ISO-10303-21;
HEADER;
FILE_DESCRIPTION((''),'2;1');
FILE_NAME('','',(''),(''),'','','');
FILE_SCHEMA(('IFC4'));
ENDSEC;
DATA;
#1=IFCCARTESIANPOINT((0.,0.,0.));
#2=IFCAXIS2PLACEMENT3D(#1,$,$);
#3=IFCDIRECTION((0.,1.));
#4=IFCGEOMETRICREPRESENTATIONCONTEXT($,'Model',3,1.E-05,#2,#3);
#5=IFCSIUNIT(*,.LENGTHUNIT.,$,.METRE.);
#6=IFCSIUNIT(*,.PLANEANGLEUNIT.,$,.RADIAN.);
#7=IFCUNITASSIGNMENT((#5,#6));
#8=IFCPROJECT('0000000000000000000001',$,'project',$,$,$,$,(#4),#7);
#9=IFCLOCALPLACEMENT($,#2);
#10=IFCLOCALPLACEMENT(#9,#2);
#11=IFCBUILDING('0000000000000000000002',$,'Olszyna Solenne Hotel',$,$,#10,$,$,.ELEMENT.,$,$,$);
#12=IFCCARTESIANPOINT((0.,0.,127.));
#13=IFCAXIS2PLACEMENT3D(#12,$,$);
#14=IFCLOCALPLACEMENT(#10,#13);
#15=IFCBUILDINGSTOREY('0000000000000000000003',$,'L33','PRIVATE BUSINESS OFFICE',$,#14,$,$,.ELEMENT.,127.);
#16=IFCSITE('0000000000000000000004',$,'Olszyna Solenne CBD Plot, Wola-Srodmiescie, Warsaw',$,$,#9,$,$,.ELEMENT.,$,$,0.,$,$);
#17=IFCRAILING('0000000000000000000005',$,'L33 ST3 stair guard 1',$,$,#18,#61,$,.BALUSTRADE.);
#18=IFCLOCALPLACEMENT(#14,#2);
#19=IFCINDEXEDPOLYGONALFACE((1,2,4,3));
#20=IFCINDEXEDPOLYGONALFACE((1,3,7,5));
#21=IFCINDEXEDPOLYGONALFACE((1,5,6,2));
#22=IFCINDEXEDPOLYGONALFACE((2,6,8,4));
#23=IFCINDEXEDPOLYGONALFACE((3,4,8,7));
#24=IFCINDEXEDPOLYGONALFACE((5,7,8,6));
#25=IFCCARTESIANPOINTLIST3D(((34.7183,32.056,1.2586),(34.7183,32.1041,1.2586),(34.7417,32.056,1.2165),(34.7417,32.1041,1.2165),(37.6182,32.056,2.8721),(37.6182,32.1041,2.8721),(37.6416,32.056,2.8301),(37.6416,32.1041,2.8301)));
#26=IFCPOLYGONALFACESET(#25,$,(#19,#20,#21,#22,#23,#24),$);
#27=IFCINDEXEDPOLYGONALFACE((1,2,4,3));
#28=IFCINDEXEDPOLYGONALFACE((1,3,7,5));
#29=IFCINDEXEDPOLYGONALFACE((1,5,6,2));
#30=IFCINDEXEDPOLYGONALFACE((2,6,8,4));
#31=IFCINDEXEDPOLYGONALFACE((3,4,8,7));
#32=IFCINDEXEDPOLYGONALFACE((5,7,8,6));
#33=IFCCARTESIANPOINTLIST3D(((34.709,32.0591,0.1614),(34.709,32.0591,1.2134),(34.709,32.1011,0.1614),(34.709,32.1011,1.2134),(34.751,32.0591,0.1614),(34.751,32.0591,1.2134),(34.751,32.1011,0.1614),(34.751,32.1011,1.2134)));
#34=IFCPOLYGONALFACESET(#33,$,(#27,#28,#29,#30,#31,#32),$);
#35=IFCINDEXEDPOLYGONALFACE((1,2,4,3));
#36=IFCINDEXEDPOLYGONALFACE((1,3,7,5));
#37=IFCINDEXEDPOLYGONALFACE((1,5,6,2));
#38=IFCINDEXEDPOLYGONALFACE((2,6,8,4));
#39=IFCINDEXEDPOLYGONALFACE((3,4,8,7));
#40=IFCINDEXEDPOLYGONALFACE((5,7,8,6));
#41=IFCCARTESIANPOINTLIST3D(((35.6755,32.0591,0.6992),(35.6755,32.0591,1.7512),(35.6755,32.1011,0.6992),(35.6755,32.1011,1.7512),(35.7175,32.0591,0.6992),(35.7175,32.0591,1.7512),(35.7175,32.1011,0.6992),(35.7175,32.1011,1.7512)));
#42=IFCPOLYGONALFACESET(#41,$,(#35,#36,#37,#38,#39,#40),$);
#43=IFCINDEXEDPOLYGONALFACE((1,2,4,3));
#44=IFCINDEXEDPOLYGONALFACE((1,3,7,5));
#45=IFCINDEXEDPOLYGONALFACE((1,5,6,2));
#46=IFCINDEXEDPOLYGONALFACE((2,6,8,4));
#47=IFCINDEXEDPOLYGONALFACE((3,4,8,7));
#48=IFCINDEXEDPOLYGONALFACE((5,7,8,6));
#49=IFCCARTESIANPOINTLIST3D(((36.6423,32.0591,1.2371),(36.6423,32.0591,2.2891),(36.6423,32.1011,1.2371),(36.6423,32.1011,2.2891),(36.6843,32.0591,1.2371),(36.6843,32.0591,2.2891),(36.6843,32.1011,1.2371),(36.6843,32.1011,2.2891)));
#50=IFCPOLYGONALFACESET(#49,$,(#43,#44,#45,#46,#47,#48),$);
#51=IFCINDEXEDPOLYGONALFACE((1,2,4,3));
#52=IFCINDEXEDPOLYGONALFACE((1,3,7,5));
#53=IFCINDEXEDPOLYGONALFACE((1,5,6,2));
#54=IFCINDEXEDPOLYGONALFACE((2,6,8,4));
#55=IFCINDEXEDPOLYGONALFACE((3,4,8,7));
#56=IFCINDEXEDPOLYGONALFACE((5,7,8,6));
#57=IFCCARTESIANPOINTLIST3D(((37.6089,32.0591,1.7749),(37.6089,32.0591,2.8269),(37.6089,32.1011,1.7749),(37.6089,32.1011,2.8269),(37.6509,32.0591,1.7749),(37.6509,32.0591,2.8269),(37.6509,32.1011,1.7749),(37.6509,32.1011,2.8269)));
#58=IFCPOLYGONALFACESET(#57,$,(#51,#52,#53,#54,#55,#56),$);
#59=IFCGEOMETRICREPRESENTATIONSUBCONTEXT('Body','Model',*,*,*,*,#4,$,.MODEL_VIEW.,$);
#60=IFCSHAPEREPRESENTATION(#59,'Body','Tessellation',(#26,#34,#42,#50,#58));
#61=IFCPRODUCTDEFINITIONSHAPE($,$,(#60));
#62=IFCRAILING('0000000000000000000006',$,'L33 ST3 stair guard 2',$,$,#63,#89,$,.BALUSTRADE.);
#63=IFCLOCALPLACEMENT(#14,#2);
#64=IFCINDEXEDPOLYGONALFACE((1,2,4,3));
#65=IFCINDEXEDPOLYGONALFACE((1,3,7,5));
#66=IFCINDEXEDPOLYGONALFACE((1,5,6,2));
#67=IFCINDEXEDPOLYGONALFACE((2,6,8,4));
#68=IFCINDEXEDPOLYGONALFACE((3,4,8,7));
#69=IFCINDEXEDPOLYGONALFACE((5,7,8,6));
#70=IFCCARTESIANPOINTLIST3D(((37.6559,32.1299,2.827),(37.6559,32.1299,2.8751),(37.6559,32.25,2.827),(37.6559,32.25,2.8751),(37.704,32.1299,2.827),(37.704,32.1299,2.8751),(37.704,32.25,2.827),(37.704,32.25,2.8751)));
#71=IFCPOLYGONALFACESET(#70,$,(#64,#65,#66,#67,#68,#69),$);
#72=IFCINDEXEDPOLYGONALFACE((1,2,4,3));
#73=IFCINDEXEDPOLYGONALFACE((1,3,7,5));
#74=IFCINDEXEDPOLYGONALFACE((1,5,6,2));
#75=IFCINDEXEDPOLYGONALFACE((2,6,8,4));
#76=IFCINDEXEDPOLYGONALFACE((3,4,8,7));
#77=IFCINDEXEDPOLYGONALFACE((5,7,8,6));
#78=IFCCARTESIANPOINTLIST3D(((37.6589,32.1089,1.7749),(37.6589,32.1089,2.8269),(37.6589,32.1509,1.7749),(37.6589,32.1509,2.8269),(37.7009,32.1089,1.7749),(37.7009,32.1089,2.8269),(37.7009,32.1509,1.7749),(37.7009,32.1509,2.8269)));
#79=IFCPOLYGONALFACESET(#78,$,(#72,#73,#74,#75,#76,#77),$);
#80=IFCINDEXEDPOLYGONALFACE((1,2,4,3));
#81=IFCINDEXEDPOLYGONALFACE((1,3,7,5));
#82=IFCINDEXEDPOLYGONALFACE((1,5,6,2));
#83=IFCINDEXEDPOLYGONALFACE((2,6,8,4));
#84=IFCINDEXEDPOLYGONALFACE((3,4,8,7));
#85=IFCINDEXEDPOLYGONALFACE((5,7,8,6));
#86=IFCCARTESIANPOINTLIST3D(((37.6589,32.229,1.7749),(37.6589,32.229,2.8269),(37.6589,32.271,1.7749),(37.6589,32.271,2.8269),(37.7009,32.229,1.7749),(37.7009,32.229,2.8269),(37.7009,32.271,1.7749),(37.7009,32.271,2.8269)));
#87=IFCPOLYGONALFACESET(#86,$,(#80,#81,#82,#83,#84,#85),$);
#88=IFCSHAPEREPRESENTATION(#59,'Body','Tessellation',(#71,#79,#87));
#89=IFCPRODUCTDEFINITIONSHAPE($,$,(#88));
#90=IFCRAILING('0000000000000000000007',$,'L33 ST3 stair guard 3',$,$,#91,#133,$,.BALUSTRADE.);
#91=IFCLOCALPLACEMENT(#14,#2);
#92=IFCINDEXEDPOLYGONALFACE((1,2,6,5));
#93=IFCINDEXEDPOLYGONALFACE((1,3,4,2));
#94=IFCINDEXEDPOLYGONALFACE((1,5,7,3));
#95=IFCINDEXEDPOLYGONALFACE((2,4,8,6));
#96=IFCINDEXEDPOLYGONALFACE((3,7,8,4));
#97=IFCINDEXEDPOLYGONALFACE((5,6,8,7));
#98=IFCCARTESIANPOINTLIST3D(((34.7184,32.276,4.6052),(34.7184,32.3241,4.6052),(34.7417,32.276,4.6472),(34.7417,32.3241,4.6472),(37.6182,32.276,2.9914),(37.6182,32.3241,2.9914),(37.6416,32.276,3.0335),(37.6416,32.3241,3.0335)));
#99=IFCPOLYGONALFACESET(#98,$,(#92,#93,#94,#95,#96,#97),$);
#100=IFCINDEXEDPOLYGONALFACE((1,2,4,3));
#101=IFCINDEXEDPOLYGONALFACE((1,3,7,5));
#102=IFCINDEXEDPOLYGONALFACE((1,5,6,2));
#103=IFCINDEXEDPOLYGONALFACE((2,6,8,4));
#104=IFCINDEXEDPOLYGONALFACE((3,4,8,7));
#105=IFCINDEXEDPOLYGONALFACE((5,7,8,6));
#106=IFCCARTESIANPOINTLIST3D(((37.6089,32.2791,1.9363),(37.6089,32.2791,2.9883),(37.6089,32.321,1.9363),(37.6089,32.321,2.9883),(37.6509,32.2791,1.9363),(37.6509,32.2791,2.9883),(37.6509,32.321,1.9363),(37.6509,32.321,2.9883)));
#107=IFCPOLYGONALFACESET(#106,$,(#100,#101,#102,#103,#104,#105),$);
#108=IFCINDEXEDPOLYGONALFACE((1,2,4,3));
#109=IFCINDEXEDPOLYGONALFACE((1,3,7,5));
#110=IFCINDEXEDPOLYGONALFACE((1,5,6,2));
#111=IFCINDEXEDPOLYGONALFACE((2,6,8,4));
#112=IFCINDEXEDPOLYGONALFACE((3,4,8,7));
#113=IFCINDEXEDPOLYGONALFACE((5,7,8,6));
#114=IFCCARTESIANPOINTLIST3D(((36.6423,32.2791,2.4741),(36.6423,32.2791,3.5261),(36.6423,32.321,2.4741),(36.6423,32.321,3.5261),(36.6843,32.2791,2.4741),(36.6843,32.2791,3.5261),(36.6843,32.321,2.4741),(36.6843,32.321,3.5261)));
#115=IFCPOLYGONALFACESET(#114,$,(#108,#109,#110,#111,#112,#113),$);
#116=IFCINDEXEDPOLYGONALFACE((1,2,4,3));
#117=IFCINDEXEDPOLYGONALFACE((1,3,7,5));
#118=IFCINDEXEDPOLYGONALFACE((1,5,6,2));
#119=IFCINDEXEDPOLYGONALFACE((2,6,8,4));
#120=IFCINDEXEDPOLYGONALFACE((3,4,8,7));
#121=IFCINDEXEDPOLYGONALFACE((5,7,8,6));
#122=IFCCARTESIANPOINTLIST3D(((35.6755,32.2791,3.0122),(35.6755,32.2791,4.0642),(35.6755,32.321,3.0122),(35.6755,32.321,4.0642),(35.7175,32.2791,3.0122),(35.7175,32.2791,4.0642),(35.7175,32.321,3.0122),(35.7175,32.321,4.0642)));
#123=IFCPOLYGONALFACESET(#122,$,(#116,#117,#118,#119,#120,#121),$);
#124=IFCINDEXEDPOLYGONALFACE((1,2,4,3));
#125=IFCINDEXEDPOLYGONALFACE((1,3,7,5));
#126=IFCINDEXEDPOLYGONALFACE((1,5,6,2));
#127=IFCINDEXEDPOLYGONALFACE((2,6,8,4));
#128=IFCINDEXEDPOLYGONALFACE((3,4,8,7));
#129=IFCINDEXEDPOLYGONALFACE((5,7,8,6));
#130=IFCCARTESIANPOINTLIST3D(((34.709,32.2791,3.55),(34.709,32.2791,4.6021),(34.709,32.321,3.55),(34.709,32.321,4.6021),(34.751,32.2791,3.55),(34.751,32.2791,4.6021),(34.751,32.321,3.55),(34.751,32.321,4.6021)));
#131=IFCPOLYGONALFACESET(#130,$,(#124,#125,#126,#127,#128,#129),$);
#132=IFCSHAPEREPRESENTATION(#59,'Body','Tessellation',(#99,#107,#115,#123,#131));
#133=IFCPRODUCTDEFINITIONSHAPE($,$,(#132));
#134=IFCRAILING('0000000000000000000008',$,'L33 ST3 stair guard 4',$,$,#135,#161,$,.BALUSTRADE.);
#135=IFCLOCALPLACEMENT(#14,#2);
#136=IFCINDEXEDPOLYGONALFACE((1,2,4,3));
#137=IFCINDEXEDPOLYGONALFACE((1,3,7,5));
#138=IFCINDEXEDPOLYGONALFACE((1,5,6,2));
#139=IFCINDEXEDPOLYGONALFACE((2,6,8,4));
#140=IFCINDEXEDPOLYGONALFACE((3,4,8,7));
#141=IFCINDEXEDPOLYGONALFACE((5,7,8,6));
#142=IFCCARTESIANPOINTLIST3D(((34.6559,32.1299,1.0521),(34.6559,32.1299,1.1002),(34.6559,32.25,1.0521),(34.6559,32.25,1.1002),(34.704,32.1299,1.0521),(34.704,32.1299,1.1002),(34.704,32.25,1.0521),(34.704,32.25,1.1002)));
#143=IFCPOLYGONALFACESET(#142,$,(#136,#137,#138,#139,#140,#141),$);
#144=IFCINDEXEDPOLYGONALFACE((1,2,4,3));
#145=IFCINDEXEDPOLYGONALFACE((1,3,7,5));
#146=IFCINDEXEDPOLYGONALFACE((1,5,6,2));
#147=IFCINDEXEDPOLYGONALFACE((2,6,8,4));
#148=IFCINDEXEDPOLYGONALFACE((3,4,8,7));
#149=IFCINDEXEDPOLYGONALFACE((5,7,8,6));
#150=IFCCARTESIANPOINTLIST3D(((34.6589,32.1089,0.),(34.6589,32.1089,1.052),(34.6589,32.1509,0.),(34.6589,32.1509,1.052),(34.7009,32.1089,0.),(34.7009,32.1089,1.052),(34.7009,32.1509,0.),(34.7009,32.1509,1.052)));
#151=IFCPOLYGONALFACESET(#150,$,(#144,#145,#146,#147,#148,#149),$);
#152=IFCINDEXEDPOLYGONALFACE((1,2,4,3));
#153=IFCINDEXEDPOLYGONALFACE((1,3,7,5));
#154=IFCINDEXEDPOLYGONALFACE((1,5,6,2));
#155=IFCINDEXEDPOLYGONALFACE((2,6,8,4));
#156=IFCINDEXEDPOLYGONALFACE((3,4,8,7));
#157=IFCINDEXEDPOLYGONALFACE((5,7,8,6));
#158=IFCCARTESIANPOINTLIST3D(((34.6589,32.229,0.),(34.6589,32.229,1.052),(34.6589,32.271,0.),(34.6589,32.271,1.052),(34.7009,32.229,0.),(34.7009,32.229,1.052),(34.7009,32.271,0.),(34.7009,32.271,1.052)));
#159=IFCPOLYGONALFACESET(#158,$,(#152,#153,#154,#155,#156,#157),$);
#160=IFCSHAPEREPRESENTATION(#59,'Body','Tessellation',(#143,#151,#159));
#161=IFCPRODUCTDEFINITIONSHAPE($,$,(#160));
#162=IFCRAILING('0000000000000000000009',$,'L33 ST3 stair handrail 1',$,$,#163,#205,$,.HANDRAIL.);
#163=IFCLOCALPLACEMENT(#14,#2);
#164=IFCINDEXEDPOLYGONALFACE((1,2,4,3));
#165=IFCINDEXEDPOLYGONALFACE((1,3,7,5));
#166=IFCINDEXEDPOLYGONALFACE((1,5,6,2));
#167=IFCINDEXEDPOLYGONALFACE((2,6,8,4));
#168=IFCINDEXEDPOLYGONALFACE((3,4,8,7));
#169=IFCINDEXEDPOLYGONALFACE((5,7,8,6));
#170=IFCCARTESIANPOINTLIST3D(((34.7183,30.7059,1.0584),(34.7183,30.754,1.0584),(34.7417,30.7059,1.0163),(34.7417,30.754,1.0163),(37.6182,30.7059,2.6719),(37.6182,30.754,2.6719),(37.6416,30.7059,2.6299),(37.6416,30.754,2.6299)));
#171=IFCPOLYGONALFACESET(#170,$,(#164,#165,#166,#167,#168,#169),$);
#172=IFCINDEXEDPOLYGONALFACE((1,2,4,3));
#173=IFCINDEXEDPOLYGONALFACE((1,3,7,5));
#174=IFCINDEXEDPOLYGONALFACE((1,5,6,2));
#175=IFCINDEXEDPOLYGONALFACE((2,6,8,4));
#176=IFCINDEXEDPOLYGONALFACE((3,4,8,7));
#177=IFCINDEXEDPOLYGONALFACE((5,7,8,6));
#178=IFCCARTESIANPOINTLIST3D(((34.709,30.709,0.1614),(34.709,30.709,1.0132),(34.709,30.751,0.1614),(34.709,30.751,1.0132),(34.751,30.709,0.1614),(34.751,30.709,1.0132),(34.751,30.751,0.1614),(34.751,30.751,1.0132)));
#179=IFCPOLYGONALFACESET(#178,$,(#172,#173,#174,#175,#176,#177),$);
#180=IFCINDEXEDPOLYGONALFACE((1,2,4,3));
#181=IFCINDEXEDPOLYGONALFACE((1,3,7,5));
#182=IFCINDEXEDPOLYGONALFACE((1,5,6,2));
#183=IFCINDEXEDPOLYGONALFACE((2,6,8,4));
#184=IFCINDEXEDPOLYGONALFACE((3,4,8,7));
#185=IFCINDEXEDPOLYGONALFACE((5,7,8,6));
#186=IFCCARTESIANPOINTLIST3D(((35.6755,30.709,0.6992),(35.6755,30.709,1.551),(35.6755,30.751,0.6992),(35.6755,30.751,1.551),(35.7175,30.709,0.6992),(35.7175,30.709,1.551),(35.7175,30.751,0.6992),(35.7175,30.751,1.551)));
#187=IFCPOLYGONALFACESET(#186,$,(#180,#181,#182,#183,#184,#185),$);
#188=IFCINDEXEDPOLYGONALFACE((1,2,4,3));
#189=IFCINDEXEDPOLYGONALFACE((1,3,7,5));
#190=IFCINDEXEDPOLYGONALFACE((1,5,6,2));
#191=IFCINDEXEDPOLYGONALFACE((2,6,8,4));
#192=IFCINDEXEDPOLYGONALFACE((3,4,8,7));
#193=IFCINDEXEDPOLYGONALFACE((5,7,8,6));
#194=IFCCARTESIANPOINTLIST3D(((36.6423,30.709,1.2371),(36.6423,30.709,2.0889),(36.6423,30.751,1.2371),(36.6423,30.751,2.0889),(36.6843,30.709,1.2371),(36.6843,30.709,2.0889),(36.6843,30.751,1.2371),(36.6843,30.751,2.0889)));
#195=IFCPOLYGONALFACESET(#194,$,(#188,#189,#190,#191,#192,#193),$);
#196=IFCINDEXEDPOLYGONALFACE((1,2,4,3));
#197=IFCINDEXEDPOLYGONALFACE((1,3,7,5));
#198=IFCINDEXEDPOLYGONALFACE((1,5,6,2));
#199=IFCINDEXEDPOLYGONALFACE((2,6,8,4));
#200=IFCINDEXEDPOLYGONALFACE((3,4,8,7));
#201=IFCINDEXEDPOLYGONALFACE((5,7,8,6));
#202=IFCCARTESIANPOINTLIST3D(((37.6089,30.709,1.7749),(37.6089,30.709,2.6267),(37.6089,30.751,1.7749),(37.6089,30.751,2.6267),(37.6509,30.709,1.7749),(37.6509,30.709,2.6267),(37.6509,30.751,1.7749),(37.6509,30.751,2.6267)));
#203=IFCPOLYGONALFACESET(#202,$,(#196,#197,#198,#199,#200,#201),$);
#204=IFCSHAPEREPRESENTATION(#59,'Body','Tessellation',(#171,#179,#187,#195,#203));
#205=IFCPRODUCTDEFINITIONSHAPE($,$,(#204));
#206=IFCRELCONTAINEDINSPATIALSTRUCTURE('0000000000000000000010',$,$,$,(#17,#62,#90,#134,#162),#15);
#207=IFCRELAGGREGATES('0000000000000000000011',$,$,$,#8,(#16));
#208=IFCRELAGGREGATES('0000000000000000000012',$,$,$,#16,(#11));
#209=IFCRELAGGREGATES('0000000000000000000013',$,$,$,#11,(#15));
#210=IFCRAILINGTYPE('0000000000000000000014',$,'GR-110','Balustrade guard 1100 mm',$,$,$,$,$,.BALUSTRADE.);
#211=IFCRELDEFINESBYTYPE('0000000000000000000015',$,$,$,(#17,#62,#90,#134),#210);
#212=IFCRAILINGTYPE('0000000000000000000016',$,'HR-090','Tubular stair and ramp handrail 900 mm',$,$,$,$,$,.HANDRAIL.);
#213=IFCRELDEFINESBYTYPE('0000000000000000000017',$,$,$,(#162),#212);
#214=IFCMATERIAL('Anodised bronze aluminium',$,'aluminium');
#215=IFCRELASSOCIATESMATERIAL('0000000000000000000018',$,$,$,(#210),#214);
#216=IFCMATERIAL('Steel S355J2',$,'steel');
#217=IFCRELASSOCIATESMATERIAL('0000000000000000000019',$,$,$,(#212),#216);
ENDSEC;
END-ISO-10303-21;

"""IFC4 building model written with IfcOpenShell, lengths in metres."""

from ifc_helpers import new_model, si_unit, direction, frame, origin, origin_2d, place, context, subcontext, project, spatial, rectangle, extrude, material, type_object, element, save


model = new_model("IFC4")

# Units and contexts
model_context = context("Model", 3, precision=1e-05, world=origin(), true_north=direction((0.0, 1.0)))
body_context = subcontext(model_context, "Body", "Model", "MODEL_VIEW")
ifc_project = project(units=[si_unit("LENGTHUNIT", "METRE"), si_unit("PLANEANGLEUNIT", "RADIAN")], contexts=[model_context])

# Site, building, storey
site_placement = place(None, origin())
site = spatial("IfcSite", under=ifc_project, at=site_placement, Name="Olszyna Solenne CBD Plot, Wola-Srodmiescie, Warsaw", CompositionType="ELEMENT", RefElevation=0.0)
building_placement = place(site_placement, origin())
building = spatial("IfcBuilding", under=site, at=building_placement, Name="Olszyna Solenne Hotel", CompositionType="ELEMENT")
storey_placement = place(building_placement, frame((0.0, 0.0, 127.0)))
storey = spatial("IfcBuildingStorey", under=building, at=storey_placement, Name="L33", Description="PRIVATE BUSINESS OFFICE", CompositionType="ELEMENT", Elevation=127.0)

# Shared definitions
ifc_material_1 = material(Name="Anodised bronze aluminium", Category="aluminium")

# Shared definitions
ifc_material_2 = material(Name="Steel S355J2", Category="steel")

# Railings
railing_type_1 = type_object("IfcRailingType", Name="GR-110", Description="Balustrade guard 1100 mm", PredefinedType="BALUSTRADE", material=ifc_material_1)
railing_1_placement = place(storey_placement, frame((34.73, 32.0801, 0.1614)))
element("IfcRailing", 1, at=railing_1_placement, inside=storey, type_object=railing_type_1, Name="L33 ST3 stair guard 1", PredefinedType="BALUSTRADE", context=body_context, shape_type="SweptSolid", body=[
    extrude(rectangle(XDim=0.0481, YDim=0.0481, at=origin_2d()), frame((0.0, 0.0, 1.0762), z_axis=(0.873841, 0.0, 0.486211), x_axis=(0.0, 1.0, 0.0)), (0.0, 0.0, 1.0), 3.3186),
    extrude(rectangle(XDim=0.042, YDim=0.042, at=origin_2d()), origin(), (0.0, 0.0, 1.0), 1.052),
    extrude(rectangle(XDim=0.042, YDim=0.042, at=origin_2d()), frame((0.9666, 0.0, 0.5378)), (0.0, 0.0, 1.0), 1.052),
    extrude(rectangle(XDim=0.042, YDim=0.042, at=origin_2d()), frame((1.9333, 0.0, 1.0757)), (0.0, 0.0, 1.0), 1.052),
    extrude(rectangle(XDim=0.042, YDim=0.042, at=origin_2d()), frame((2.8999, 0.0, 1.6135)), (0.0, 0.0, 1.0), 1.052),
])
railing_2_placement = place(storey_placement, frame((37.6799, 32.1299, 1.7749)))
element("IfcRailing", 2, at=railing_2_placement, inside=storey, type_object=railing_type_1, Name="L33 ST3 stair guard 2", PredefinedType="BALUSTRADE", context=body_context, shape_type="SweptSolid", body=[
    extrude(rectangle(XDim=0.0481, YDim=0.0481, at=origin_2d()), frame((0.0, 0.0, 1.0762), z_axis=(0.0, 1.0, 0.0), x_axis=(-1.0, 0.0, 0.0)), (0.0, 0.0, 1.0), 0.1201),
    extrude(rectangle(XDim=0.042, YDim=0.042, at=origin_2d()), origin(), (0.0, 0.0, 1.0), 1.052),
    extrude(rectangle(XDim=0.042, YDim=0.042, at=origin_2d()), frame((0.0, 0.1201, 0.0)), (0.0, 0.0, 1.0), 1.052),
])
railing_3_placement = place(storey_placement, frame((37.6299, 32.3, 1.9363)))
element("IfcRailing", 3, at=railing_3_placement, inside=storey, type_object=railing_type_1, Name="L33 ST3 stair guard 3", PredefinedType="BALUSTRADE", context=body_context, shape_type="SweptSolid", body=[
    extrude(rectangle(XDim=0.0481, YDim=0.0481, at=origin_2d()), frame((0.0, 0.0, 1.0762), z_axis=(-0.87381, 0.0, 0.486267), x_axis=(0.0, -1.0, 0.0)), (0.0, 0.0, 1.0), 3.3186),
    extrude(rectangle(XDim=0.042, YDim=0.042, at=origin_2d()), origin(), (0.0, 0.0, 1.0), 1.052),
    extrude(rectangle(XDim=0.042, YDim=0.042, at=origin_2d()), frame((-0.9666, 0.0, 0.5378)), (0.0, 0.0, 1.0), 1.052),
    extrude(rectangle(XDim=0.042, YDim=0.042, at=origin_2d()), frame((-1.9333, 0.0, 1.0759)), (0.0, 0.0, 1.0), 1.052),
    extrude(rectangle(XDim=0.042, YDim=0.042, at=origin_2d()), frame((-2.8999, 0.0, 1.6138)), (0.0, 0.0, 1.0), 1.052),
])
railing_4_placement = place(storey_placement, frame((34.6799, 32.1299, 0.0)))
element("IfcRailing", 4, at=railing_4_placement, inside=storey, type_object=railing_type_1, Name="L33 ST3 stair guard 4", PredefinedType="BALUSTRADE", context=body_context, shape_type="SweptSolid", body=[
    extrude(rectangle(XDim=0.0481, YDim=0.0481, at=origin_2d()), frame((0.0, 0.0, 1.0762), z_axis=(0.0, 1.0, 0.0), x_axis=(-1.0, 0.0, 0.0)), (0.0, 0.0, 1.0), 0.1201),
    extrude(rectangle(XDim=0.042, YDim=0.042, at=origin_2d()), origin(), (0.0, 0.0, 1.0), 1.052),
    extrude(rectangle(XDim=0.042, YDim=0.042, at=origin_2d()), frame((0.0, 0.1201, 0.0)), (0.0, 0.0, 1.0), 1.052),
])
railing_type_2 = type_object("IfcRailingType", Name="HR-090", Description="Tubular stair and ramp handrail 900 mm", PredefinedType="HANDRAIL", material=ifc_material_2)
railing_5_placement = place(storey_placement, frame((34.73, 30.73, 0.1614)))
element("IfcRailing", 5, at=railing_5_placement, inside=storey, type_object=railing_type_2, Name="L33 ST3 stair handrail 1", PredefinedType="HANDRAIL", context=body_context, shape_type="SweptSolid", body=[
    extrude(rectangle(XDim=0.0481, YDim=0.0481, at=origin_2d()), frame((0.0, 0.0, 0.876), z_axis=(0.873841, 0.0, 0.486211), x_axis=(0.0, 1.0, 0.0)), (0.0, 0.0, 1.0), 3.3186),
    extrude(rectangle(XDim=0.042, YDim=0.042, at=origin_2d()), origin(), (0.0, 0.0, 1.0), 0.8518),
    extrude(rectangle(XDim=0.042, YDim=0.042, at=origin_2d()), frame((0.9666, 0.0, 0.5378)), (0.0, 0.0, 1.0), 0.8518),
    extrude(rectangle(XDim=0.042, YDim=0.042, at=origin_2d()), frame((1.9333, 0.0, 1.0757)), (0.0, 0.0, 1.0), 0.8518),
    extrude(rectangle(XDim=0.042, YDim=0.042, at=origin_2d()), frame((2.8999, 0.0, 1.6135)), (0.0, 0.0, 1.0), 0.8518),
])

save(model, "model.ifc")
